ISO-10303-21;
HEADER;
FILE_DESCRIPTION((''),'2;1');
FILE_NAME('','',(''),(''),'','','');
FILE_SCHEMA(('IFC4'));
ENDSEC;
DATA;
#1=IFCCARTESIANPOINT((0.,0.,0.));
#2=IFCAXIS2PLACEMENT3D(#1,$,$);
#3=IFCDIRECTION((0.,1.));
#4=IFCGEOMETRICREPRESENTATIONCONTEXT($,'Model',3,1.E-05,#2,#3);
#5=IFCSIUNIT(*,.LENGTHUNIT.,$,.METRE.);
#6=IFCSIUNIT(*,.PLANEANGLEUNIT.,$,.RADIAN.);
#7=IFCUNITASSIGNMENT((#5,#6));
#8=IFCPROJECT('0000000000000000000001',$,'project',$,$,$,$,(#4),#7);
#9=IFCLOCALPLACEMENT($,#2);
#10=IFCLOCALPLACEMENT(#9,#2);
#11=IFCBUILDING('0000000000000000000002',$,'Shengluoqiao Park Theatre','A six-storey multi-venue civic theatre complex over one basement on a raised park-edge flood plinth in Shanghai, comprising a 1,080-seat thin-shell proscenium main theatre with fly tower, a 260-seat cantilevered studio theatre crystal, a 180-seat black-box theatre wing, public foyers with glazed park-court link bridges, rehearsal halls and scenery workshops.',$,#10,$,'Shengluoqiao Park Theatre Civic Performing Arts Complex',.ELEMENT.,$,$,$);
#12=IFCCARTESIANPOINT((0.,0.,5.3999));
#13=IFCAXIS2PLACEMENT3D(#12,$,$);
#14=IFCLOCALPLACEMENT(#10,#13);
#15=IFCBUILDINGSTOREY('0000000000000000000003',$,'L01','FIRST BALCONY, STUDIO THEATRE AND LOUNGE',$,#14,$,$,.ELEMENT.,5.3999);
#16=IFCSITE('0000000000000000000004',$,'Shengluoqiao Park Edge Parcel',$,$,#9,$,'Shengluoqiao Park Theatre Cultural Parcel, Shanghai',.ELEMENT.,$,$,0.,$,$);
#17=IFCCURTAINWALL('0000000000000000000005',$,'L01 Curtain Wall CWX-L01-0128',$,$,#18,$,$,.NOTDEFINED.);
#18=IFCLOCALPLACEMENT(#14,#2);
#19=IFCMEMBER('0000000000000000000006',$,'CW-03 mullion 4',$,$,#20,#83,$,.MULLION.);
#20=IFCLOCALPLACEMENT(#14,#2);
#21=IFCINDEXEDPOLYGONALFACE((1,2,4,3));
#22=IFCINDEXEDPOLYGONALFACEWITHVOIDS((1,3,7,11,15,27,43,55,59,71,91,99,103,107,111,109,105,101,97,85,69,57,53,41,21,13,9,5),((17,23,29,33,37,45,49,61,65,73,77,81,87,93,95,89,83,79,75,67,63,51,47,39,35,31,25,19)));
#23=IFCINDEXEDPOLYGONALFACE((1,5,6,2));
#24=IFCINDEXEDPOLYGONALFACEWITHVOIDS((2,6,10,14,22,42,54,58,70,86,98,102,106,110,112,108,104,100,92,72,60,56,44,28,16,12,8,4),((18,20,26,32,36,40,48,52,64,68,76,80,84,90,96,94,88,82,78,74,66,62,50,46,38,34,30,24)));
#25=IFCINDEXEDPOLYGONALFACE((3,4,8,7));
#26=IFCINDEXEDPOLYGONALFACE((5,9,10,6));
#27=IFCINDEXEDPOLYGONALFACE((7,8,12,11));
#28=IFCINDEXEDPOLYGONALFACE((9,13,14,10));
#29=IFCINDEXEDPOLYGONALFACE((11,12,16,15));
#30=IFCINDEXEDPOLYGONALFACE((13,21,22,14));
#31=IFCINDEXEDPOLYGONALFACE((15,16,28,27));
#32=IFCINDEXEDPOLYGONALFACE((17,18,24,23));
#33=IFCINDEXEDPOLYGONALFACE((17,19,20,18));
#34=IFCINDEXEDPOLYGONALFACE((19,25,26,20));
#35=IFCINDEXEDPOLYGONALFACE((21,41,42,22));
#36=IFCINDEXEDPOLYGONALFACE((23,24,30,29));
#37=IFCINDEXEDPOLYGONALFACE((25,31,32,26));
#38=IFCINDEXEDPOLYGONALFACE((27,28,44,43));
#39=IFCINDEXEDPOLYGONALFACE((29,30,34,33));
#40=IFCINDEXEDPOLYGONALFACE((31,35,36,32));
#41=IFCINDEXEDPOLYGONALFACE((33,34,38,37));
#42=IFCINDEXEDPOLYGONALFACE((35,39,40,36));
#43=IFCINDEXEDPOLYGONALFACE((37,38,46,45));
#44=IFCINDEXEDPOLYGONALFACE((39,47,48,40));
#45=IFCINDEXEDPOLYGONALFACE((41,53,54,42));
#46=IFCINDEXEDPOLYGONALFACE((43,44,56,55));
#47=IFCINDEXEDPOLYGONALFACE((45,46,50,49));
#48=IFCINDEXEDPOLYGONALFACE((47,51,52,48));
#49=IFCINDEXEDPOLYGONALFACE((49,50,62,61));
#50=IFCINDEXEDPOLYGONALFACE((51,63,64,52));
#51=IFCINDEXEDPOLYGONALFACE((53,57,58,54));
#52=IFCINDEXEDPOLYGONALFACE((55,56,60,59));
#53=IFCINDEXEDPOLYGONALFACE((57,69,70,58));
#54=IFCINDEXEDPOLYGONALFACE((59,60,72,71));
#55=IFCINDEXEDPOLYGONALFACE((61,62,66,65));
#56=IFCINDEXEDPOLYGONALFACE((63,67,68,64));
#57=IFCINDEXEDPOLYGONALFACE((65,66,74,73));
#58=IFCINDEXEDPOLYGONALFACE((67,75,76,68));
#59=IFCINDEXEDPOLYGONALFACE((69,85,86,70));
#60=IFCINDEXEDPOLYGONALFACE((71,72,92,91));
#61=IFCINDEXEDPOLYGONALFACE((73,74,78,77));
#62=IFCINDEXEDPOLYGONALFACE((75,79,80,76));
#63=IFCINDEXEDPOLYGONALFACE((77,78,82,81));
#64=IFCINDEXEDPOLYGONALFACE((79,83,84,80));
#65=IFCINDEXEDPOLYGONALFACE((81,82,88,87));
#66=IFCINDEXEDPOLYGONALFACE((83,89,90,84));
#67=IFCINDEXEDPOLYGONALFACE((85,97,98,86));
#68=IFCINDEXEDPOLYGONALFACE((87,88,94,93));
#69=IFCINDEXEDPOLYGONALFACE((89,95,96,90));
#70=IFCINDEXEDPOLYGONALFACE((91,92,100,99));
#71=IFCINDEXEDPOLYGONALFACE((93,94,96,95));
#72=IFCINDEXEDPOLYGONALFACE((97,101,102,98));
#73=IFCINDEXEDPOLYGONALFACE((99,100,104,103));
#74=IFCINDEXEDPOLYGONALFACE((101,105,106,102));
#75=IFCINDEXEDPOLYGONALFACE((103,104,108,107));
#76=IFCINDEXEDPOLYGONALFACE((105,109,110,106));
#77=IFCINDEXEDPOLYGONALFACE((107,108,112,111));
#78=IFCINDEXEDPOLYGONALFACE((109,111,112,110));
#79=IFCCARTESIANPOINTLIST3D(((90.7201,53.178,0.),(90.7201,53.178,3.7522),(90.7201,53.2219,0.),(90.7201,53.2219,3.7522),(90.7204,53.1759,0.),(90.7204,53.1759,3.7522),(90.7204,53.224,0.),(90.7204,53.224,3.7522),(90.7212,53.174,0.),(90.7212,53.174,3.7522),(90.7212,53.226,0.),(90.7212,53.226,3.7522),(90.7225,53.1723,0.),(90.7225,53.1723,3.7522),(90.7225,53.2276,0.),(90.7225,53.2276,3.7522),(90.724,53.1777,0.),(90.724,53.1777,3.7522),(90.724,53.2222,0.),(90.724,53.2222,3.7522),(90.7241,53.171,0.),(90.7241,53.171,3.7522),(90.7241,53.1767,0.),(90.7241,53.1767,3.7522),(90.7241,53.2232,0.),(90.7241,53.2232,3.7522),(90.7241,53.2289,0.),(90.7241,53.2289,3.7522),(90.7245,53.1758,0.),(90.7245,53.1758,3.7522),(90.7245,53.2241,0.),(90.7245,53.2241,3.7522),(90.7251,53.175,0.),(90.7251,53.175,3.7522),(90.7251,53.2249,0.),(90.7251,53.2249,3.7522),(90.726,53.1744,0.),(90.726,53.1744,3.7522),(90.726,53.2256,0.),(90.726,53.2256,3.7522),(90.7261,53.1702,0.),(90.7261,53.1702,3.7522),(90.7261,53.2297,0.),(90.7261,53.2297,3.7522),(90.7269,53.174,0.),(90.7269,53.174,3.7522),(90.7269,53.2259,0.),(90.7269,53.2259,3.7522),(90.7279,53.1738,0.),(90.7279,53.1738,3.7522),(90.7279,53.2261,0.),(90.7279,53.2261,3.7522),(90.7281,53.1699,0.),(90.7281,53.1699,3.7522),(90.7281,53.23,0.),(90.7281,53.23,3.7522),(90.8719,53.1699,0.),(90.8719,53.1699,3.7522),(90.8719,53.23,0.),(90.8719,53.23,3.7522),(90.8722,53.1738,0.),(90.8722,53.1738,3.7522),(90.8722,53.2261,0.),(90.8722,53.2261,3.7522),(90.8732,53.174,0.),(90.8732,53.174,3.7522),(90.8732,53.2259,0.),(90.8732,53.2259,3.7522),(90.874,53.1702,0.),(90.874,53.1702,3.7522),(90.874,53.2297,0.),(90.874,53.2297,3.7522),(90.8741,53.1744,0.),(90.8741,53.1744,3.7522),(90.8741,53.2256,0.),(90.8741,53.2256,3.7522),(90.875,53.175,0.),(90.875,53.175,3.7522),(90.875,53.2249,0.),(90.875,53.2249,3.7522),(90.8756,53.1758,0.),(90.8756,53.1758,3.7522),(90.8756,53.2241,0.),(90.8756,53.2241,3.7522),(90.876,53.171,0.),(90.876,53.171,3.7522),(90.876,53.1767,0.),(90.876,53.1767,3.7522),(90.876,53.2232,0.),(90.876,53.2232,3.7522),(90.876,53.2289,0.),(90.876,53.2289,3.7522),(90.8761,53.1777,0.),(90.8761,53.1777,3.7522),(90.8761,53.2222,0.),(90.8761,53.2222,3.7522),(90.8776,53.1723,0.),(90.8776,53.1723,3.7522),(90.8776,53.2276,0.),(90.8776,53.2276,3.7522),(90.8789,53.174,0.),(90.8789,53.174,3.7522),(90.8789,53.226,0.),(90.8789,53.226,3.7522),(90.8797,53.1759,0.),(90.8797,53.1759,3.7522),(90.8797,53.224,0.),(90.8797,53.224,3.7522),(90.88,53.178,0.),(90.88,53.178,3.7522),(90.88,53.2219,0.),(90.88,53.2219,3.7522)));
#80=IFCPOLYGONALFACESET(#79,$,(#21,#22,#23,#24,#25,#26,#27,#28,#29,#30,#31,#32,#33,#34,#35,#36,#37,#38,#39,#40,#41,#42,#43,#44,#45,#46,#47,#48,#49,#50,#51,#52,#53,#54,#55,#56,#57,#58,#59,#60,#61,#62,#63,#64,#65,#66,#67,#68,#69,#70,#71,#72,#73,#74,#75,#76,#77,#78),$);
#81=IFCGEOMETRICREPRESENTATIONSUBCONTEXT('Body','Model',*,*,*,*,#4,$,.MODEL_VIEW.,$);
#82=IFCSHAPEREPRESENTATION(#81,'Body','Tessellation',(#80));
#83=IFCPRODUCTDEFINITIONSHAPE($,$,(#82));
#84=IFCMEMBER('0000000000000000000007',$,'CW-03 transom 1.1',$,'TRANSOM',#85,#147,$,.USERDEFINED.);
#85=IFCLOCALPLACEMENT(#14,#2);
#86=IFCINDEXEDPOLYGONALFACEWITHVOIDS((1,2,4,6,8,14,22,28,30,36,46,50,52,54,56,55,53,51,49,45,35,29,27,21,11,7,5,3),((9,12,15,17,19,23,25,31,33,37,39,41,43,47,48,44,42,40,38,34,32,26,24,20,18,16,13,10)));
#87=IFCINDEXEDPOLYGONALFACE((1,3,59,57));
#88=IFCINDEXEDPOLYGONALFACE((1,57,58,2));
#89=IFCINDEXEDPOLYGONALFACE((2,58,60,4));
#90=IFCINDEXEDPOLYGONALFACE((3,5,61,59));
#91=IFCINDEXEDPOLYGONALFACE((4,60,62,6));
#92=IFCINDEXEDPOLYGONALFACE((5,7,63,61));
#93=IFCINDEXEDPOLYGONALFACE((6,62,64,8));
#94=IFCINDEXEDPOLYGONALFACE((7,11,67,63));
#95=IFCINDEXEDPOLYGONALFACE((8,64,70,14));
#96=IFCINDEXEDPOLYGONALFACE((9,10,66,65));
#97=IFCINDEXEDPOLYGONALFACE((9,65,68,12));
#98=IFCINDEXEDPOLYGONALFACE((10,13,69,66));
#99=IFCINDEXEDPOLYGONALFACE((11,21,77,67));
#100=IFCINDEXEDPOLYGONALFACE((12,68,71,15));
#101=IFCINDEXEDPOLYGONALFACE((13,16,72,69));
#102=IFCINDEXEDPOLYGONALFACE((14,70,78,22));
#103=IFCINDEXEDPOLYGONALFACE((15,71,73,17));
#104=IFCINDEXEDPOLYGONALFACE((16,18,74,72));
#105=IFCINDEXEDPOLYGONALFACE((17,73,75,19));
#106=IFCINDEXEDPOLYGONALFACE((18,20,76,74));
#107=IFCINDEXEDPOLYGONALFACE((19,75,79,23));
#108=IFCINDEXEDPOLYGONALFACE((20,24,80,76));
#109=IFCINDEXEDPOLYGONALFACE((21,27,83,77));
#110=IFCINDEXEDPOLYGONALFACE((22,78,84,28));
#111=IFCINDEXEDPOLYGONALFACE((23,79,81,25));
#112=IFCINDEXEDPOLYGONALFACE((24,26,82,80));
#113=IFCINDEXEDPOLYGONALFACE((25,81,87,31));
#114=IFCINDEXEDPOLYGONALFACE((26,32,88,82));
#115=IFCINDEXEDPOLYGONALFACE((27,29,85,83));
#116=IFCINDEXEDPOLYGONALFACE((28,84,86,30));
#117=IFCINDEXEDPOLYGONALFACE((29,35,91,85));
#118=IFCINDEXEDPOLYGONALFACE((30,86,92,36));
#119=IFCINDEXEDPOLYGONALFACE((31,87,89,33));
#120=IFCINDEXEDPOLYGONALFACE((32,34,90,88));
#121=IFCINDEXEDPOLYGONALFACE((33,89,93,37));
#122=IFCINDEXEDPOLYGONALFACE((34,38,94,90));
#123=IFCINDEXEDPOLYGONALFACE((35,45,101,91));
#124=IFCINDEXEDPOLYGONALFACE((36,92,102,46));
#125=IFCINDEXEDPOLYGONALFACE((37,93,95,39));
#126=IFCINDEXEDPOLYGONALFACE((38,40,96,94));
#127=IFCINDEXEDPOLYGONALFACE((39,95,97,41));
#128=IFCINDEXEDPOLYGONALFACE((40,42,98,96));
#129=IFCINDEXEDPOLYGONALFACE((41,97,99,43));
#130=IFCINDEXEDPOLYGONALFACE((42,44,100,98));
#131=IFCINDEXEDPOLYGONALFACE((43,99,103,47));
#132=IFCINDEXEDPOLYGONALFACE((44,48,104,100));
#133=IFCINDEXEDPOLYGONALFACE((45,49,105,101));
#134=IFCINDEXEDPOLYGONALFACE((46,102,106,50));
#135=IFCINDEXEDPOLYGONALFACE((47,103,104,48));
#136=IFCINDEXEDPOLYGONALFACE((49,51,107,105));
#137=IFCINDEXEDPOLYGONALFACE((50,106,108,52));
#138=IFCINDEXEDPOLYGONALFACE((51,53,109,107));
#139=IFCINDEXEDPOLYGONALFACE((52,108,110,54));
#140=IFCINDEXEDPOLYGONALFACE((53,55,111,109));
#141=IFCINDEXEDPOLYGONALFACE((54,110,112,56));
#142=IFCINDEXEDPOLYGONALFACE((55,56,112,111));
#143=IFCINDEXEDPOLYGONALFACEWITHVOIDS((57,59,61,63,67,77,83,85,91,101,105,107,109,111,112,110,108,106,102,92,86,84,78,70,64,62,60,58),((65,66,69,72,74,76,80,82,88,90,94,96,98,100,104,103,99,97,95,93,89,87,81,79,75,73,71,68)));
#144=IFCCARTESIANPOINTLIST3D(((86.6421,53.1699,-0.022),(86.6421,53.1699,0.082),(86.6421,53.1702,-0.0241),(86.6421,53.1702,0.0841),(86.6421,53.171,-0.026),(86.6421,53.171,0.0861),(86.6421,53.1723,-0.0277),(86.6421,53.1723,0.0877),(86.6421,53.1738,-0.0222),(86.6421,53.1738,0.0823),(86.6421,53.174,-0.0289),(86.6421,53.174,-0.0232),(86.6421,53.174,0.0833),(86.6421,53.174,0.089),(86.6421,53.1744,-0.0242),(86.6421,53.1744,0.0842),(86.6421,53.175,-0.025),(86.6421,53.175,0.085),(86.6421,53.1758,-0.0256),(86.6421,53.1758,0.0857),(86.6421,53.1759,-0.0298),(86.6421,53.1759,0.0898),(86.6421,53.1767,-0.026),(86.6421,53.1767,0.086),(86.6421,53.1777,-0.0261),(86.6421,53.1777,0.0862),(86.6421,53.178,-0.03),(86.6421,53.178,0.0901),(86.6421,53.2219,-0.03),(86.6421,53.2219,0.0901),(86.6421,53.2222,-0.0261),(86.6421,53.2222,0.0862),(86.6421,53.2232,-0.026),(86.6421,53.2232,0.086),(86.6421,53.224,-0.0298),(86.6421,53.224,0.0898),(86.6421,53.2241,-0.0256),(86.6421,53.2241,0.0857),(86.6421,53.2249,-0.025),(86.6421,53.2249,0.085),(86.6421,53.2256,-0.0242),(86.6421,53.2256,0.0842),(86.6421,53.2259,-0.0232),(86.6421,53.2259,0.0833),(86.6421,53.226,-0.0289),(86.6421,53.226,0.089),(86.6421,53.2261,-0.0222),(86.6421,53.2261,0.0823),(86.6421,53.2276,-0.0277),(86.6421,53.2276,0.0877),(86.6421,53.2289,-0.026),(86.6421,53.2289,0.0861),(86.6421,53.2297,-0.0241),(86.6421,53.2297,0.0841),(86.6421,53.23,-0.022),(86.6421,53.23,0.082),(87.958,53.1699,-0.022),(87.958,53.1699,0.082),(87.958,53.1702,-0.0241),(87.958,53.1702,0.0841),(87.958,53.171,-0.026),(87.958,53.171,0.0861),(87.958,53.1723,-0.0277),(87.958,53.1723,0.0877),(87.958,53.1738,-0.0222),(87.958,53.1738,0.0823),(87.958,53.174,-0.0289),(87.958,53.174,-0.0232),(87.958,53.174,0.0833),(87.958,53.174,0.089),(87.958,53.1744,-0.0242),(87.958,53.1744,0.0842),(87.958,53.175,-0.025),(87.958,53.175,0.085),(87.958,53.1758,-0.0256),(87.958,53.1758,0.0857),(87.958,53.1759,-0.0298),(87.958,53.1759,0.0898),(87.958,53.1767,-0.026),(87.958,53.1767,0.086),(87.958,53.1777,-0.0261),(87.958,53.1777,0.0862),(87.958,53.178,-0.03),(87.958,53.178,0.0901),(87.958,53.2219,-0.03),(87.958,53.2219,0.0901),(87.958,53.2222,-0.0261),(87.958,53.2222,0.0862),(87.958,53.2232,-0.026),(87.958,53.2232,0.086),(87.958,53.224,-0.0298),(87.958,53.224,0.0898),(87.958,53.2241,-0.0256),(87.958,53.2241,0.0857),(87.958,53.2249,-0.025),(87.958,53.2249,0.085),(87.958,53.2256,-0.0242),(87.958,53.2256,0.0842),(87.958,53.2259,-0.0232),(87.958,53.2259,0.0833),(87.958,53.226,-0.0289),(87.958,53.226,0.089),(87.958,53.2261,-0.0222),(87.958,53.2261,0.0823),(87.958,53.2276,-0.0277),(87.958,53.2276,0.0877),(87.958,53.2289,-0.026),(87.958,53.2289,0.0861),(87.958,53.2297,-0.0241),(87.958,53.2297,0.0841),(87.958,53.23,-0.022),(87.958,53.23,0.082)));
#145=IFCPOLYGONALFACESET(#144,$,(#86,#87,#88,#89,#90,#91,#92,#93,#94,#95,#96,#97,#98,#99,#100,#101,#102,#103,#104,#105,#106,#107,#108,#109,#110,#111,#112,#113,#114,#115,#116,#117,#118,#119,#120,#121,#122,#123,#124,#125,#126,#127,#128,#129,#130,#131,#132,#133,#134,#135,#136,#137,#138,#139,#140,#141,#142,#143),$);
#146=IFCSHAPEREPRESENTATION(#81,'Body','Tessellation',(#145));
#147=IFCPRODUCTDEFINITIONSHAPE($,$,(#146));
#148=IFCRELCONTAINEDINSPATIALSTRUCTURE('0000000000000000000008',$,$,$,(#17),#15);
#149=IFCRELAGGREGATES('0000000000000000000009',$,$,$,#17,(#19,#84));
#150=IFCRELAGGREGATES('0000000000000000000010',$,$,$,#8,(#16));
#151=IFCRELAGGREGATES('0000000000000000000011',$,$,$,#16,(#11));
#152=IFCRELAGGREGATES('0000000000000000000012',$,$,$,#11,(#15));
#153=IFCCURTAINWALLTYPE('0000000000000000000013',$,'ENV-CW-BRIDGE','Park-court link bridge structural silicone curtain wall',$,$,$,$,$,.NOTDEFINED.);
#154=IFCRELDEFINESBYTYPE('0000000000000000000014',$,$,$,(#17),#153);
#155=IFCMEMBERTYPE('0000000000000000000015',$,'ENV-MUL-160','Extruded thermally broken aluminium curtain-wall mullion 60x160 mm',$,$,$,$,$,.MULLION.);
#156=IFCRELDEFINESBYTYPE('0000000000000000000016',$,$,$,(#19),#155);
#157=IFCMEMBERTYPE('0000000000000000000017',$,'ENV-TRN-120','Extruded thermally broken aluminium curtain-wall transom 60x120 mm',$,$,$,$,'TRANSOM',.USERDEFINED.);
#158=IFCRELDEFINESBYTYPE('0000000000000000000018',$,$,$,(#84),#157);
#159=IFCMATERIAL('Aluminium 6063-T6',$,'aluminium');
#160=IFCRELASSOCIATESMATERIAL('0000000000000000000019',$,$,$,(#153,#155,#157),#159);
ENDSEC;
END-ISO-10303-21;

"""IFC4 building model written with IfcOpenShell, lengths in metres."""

from ifc_helpers import new_model, si_unit, direction, frame, origin, origin_2d, place, context, subcontext, project, spatial, hollow_rectangle, extrude, material, material_profile, profile_set, type_object, element, aggregate, save


model = new_model("IFC4")

# Units and contexts
model_context = context("Model", 3, precision=1e-05, world=origin(), true_north=direction((0.0, 1.0)))
body_context = subcontext(model_context, "Body", "Model", "MODEL_VIEW")
ifc_project = project(units=[si_unit("LENGTHUNIT", "METRE"), si_unit("PLANEANGLEUNIT", "RADIAN")], contexts=[model_context])

# Site, building, storey
site_placement = place(None, origin())
site = spatial("IfcSite", under=ifc_project, at=site_placement, Name="Shengluoqiao Park Edge Parcel", LongName="Shengluoqiao Park Theatre Cultural Parcel, Shanghai", CompositionType="ELEMENT", RefElevation=0.0)
building_placement = place(site_placement, origin())
building = spatial("IfcBuilding", under=site, at=building_placement, Name="Shengluoqiao Park Theatre", Description="A six-storey multi-venue civic theatre complex over one basement on a raised park-edge flood plinth in Shanghai, comprising a 1,080-seat thin-shell proscenium main theatre with fly tower, a 260-seat cantilevered studio theatre crystal, a 180-seat black-box theatre wing, public foyers with glazed park-court link bridges, rehearsal halls and scenery workshops.", LongName="Shengluoqiao Park Theatre Civic Performing Arts Complex", CompositionType="ELEMENT")
storey_placement = place(building_placement, frame((0.0, 0.0, 5.3999)))
storey = spatial("IfcBuildingStorey", under=building, at=storey_placement, Name="L01", Description="FIRST BALCONY, STUDIO THEATRE AND LOUNGE", CompositionType="ELEMENT", Elevation=5.3999)

# Shared definitions
ifc_material_1 = material(Name="Aluminium 6063-T6", Category="aluminium")
curtain_wall_type = type_object("IfcCurtainWallType", Name="ENV-CW-BRIDGE", Description="Park-court link bridge structural silicone curtain wall", PredefinedType="NOTDEFINED", material=ifc_material_1)
ifc_material_profile_1 = material_profile(ifc_material_1, hollow_rectangle(XDim=0.0601, YDim=0.1599, WallThickness=0.0039, InnerFilletRadius=0.0039, OuterFilletRadius=0.0081, at=origin_2d()), Name="ALU MULLION 160x60x4")
ifc_profile_set_1 = profile_set([ifc_material_profile_1], Name="Aluminium 6063-T6")
member_type_1 = type_object("IfcMemberType", Name="ENV-MUL-160", Description="Extruded thermally broken aluminium curtain-wall mullion 60x160 mm", PredefinedType="MULLION", material=ifc_profile_set_1)

# Curtain wall, members
curtain_wall_1_placement = place(storey_placement, origin())
curtain_wall_1 = element("IfcCurtainWall", 1, at=curtain_wall_1_placement, inside=storey, type_object=curtain_wall_type, Name="L01 Curtain Wall CWX-L01-0128", PredefinedType="NOTDEFINED")
member_1_placement = place(storey_placement, frame((90.8, 53.2, 0.0), z_axis=(0.0, 0.0, 1.0), x_axis=(0.0, 1.0, 0.0)))
member_1 = element("IfcMember", 2, at=member_1_placement, type_object=member_type_1, Name="CW-03 mullion 4", PredefinedType="MULLION", context=body_context, shape_type="SweptSolid", body=[
    extrude(hollow_rectangle(XDim=0.0601, YDim=0.1599, WallThickness=0.0039, InnerFilletRadius=0.0039, OuterFilletRadius=0.0081, at=origin_2d()), origin(), (0.0, 0.0, 1.0), 3.7522),
])
ifc_material_profile_2 = material_profile(ifc_material_1, hollow_rectangle(XDim=0.0601, YDim=0.1201, WallThickness=0.0039, InnerFilletRadius=0.0039, OuterFilletRadius=0.0081, at=origin_2d()), Name="ALU TRANSOM 120x60x4")
ifc_profile_set_2 = profile_set([ifc_material_profile_2], Name="Aluminium 6063-T6")
member_type_2 = type_object("IfcMemberType", Name="ENV-TRN-120", Description="Extruded thermally broken aluminium curtain-wall transom 60x120 mm", ElementType="TRANSOM", PredefinedType="USERDEFINED", material=ifc_profile_set_2)
member_2_placement = place(storey_placement, frame((86.6421, 53.2, 0.03), z_axis=(1.0, 0.0, 0.0), x_axis=(0.0, 1.0, 0.0)))
member_2 = element("IfcMember", 3, at=member_2_placement, type_object=member_type_2, Name="CW-03 transom 1.1", ObjectType="TRANSOM", PredefinedType="USERDEFINED", context=body_context, shape_type="SweptSolid", body=[
    extrude(hollow_rectangle(XDim=0.0601, YDim=0.1201, WallThickness=0.0039, InnerFilletRadius=0.0039, OuterFilletRadius=0.0081, at=origin_2d()), origin(), (0.0, 0.0, 1.0), 1.3159),
])

aggregate(curtain_wall_1, [member_1, member_2])

save(model, "model.ifc")
